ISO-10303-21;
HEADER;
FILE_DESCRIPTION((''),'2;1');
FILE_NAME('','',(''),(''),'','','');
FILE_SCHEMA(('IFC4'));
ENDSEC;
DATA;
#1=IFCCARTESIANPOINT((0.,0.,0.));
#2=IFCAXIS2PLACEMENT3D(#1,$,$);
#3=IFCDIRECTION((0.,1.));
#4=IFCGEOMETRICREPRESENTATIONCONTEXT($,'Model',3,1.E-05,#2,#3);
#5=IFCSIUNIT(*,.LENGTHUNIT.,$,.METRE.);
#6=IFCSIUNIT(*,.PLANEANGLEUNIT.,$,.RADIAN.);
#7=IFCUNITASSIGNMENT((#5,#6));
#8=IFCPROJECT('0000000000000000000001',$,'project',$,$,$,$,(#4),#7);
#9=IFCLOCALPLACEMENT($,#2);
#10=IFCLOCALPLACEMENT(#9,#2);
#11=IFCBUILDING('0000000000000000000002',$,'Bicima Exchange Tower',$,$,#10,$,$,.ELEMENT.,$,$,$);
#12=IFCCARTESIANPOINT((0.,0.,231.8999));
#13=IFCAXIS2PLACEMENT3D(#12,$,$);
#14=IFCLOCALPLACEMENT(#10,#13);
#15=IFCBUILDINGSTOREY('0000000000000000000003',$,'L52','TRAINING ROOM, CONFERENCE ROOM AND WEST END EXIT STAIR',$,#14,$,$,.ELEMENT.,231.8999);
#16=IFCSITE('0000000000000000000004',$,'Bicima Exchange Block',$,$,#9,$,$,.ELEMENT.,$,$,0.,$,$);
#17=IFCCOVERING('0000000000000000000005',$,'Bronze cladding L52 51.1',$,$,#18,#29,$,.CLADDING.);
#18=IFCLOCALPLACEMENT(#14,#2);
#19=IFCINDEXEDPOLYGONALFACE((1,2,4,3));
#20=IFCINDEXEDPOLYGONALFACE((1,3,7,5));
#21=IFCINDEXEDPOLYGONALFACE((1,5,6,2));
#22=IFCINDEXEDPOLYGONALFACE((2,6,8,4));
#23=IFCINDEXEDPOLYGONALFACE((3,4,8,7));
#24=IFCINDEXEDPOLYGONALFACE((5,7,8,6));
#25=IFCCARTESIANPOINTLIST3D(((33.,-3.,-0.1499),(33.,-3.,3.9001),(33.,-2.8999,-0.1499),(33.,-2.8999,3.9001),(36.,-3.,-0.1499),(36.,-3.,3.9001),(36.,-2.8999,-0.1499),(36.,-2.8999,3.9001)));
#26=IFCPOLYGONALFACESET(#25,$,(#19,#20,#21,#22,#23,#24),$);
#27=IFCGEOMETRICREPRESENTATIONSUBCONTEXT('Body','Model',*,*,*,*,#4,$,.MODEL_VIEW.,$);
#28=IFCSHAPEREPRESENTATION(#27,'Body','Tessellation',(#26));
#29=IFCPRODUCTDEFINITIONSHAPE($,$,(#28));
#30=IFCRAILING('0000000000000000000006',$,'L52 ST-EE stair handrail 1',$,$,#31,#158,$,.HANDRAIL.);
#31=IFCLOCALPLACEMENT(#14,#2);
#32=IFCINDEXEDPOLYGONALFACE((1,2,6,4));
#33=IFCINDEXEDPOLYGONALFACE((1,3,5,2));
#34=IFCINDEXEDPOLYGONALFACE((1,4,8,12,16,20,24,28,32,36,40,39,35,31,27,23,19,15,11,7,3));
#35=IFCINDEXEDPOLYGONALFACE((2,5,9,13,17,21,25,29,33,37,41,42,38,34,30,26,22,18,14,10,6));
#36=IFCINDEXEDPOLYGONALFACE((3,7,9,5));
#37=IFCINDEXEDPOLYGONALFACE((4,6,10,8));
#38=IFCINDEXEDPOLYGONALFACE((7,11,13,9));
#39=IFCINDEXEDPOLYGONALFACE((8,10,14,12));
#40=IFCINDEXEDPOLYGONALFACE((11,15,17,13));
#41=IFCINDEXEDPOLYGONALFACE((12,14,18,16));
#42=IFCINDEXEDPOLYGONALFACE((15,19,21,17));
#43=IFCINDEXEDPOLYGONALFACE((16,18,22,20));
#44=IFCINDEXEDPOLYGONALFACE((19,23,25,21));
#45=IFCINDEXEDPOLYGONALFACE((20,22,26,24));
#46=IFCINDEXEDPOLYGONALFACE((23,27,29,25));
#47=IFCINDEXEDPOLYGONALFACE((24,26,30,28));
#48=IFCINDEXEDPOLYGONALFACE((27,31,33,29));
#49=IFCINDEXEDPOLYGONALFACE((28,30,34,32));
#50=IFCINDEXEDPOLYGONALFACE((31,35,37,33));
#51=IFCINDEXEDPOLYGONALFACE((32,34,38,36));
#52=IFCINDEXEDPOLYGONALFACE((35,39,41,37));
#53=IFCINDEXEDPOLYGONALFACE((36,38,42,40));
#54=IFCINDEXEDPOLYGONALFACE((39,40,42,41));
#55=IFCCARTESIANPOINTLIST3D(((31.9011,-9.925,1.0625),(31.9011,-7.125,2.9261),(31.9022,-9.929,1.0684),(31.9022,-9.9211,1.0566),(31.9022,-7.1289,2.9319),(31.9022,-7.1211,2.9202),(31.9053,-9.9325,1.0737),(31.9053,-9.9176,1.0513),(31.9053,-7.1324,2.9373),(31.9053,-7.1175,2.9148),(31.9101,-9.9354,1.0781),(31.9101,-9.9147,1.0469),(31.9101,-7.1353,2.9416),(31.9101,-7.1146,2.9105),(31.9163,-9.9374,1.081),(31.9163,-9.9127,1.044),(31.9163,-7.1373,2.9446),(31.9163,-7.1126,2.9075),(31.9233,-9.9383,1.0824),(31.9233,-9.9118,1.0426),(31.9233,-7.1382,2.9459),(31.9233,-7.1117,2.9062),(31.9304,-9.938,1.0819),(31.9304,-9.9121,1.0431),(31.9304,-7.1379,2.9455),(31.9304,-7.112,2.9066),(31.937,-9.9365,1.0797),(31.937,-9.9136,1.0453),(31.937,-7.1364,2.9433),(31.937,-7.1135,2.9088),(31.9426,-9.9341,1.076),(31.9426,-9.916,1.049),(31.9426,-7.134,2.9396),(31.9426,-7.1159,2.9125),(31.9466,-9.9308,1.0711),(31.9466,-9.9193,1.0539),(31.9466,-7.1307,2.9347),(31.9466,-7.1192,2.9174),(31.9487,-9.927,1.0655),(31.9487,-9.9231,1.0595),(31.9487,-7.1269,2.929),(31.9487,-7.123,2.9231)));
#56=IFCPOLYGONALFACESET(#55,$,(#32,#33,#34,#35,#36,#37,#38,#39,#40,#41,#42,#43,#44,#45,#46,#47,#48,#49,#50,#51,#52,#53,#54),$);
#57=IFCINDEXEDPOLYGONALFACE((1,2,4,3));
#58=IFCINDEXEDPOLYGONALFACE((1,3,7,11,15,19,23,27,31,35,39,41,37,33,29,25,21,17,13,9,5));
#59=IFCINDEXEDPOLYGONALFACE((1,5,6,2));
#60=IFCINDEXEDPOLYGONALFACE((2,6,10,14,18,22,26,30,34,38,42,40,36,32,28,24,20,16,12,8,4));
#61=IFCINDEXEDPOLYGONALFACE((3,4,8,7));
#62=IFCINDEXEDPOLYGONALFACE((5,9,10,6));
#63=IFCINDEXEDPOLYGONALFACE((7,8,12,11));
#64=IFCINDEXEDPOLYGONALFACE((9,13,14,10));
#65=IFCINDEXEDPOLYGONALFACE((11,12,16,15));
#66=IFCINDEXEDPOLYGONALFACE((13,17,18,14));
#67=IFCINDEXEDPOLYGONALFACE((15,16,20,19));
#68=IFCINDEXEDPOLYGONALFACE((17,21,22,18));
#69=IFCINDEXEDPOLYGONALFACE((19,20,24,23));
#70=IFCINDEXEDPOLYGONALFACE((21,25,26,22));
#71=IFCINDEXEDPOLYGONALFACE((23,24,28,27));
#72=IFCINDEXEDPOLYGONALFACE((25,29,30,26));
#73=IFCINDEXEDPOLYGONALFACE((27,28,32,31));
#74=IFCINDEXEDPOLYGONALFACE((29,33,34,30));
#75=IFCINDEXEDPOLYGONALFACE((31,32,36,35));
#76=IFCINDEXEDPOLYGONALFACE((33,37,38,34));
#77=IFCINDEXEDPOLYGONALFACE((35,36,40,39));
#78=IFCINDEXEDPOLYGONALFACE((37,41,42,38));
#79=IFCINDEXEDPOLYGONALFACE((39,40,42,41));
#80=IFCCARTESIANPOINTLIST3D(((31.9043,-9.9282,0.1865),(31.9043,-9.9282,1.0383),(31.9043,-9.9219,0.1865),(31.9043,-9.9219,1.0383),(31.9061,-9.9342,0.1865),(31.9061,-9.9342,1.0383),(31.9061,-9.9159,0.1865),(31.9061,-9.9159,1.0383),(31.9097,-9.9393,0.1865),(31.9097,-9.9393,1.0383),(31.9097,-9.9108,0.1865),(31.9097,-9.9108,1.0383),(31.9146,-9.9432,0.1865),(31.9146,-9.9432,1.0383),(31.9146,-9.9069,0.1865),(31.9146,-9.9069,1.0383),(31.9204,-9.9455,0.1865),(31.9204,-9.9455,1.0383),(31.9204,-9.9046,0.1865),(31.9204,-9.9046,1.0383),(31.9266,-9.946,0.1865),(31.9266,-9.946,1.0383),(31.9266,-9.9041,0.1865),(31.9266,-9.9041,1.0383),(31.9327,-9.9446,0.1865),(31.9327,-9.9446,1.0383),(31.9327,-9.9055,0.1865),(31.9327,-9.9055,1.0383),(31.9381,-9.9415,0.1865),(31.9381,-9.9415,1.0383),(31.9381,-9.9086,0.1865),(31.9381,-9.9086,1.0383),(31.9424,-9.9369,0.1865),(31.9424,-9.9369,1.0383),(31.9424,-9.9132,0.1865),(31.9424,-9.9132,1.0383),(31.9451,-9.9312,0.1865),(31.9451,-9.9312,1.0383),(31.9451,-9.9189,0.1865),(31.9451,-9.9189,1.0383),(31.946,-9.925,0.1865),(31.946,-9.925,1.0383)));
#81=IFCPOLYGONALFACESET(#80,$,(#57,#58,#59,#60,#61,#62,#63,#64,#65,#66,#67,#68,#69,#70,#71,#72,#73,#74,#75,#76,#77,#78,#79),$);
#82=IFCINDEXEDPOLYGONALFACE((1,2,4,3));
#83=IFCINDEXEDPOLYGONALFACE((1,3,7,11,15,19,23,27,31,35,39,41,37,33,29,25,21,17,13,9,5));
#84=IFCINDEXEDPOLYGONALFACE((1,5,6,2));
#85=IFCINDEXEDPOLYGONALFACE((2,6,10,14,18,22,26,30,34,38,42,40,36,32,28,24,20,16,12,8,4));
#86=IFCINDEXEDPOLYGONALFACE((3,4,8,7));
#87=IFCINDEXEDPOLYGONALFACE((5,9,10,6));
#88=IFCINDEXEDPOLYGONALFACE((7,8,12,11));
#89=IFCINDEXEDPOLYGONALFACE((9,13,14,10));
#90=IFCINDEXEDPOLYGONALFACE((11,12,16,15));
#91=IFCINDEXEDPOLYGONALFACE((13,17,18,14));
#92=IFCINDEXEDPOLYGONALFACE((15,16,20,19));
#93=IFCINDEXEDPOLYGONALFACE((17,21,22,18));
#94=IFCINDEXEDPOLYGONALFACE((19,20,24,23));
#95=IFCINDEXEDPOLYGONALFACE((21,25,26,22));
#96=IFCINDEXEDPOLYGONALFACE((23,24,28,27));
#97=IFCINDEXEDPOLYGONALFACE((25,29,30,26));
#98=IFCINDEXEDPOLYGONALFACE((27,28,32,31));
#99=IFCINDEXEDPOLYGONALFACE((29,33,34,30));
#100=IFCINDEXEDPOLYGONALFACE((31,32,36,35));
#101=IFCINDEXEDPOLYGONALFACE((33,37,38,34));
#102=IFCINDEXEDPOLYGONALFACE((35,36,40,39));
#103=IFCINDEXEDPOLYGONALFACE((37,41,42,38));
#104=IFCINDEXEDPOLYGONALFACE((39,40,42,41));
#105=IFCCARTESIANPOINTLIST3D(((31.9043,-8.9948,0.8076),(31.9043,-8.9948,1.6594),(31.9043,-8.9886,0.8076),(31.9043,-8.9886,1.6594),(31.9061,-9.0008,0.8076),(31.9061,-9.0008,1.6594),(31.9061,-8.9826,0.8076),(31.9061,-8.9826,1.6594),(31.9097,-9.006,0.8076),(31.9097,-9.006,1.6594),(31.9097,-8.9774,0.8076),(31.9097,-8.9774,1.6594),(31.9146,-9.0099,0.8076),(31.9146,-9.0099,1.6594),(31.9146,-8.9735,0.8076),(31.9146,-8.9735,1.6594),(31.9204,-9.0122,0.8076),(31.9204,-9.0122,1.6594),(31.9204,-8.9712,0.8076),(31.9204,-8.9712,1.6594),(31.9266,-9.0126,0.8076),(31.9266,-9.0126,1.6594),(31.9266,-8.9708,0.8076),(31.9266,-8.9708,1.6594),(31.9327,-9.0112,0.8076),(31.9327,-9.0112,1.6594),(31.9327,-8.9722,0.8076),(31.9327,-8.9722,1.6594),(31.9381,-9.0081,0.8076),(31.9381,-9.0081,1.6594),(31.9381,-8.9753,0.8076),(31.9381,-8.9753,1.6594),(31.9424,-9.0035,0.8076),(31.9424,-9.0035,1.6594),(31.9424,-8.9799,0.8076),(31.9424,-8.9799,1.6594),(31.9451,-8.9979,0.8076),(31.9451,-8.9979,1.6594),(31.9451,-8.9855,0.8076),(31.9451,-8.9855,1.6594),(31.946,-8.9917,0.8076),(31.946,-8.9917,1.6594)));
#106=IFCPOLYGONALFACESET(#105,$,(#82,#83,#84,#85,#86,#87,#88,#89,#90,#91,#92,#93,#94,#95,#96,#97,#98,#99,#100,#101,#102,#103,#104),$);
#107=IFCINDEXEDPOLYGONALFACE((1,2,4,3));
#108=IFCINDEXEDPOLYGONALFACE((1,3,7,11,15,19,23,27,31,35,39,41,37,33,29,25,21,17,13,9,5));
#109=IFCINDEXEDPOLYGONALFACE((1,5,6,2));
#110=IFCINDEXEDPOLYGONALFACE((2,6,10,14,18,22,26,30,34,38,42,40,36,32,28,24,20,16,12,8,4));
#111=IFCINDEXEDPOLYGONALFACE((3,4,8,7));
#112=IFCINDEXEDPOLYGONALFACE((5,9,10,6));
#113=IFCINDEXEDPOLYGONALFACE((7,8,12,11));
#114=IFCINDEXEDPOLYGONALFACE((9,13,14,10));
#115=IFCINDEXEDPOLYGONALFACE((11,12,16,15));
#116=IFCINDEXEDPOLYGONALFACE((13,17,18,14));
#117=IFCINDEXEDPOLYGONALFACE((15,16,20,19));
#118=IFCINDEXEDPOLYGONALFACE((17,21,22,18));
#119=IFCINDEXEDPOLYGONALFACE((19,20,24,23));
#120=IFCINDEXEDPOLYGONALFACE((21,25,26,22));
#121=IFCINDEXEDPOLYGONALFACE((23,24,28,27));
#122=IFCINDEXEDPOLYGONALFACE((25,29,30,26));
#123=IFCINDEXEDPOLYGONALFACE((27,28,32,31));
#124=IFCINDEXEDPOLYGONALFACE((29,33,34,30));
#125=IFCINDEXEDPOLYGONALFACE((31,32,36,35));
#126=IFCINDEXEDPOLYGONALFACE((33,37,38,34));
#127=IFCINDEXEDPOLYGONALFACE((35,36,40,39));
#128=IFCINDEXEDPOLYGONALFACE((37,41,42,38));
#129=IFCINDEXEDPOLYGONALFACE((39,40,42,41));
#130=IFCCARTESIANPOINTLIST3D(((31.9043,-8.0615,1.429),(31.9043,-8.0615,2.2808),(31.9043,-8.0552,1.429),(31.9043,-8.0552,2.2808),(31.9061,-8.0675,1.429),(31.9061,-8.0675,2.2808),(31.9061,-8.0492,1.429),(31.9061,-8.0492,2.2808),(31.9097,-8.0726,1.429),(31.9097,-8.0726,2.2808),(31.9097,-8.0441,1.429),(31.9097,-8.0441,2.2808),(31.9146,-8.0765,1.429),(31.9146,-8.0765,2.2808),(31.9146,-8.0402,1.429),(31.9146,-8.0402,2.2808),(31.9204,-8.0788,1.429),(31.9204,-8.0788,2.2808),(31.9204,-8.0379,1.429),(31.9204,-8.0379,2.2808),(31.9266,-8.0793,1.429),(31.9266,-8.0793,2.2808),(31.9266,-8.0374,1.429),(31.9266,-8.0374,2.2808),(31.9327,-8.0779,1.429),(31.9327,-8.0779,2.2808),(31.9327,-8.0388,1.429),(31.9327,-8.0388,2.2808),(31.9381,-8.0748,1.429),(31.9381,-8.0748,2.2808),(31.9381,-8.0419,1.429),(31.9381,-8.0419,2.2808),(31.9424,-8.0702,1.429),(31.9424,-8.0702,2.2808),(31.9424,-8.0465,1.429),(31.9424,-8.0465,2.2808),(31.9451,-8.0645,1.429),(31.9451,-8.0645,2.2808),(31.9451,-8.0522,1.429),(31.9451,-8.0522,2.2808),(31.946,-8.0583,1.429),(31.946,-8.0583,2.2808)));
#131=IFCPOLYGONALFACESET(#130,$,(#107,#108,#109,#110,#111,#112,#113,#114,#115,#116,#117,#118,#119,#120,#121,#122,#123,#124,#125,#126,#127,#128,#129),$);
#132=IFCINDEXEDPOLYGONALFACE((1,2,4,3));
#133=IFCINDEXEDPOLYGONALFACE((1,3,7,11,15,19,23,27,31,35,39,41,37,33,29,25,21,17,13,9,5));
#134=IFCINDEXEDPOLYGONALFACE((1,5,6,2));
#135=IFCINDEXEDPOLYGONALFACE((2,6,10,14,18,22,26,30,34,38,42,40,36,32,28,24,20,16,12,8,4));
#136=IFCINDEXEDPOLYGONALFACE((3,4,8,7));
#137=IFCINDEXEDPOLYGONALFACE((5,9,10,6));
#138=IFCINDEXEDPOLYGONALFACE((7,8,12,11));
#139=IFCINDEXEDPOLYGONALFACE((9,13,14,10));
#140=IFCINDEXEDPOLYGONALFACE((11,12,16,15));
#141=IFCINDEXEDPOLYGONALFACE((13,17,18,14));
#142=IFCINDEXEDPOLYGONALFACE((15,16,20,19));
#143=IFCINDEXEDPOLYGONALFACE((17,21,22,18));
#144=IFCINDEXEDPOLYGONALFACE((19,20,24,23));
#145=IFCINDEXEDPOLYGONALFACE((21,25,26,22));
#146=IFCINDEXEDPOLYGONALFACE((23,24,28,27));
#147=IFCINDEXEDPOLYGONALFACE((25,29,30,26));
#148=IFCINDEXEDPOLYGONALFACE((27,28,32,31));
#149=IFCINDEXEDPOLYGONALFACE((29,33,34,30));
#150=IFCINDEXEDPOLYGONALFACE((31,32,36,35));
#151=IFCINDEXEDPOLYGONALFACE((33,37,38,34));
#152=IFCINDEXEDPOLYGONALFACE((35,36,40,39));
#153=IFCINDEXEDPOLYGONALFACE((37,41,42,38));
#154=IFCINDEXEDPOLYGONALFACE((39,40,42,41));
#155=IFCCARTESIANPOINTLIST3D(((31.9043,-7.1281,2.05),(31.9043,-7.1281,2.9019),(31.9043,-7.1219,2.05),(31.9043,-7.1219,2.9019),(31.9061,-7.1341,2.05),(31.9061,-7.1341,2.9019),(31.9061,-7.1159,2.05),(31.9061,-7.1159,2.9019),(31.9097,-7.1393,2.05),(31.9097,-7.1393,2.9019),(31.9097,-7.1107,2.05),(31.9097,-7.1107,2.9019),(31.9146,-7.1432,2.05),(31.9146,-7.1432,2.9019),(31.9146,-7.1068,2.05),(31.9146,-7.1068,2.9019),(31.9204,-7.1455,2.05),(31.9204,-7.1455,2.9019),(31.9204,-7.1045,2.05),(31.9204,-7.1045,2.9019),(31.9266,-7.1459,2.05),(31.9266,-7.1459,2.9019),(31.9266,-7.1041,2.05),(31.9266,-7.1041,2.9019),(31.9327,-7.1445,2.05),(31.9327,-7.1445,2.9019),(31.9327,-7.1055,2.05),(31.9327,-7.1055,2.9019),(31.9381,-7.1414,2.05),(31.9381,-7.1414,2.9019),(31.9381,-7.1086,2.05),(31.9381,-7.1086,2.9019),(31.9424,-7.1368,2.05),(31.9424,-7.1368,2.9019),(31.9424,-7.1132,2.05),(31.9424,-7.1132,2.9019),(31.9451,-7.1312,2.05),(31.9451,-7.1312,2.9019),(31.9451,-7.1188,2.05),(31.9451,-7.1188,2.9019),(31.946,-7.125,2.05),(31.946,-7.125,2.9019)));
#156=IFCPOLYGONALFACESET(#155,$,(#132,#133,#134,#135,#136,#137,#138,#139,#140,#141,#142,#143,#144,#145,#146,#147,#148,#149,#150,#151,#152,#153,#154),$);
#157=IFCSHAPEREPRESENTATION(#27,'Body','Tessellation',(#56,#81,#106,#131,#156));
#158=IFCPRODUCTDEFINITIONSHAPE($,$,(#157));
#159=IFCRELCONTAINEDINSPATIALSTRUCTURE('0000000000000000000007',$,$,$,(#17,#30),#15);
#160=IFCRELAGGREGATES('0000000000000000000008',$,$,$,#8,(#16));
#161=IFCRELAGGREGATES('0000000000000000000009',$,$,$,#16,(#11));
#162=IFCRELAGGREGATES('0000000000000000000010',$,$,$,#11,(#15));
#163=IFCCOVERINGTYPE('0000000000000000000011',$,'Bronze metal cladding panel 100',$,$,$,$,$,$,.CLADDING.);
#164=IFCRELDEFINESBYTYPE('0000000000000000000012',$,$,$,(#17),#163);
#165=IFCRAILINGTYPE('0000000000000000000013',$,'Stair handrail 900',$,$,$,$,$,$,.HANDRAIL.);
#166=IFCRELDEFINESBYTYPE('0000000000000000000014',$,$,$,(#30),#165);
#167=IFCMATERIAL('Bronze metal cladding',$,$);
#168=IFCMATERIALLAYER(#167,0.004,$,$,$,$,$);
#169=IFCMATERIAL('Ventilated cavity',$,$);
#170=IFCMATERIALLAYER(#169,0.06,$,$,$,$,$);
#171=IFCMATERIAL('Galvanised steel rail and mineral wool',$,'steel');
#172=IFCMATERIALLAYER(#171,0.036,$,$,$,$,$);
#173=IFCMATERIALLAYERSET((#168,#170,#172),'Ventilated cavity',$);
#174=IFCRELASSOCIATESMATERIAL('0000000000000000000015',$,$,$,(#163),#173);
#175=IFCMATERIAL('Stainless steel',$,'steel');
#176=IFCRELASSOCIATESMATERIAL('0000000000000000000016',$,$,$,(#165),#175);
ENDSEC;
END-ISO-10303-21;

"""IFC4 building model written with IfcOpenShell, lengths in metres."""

from ifc_helpers import new_model, si_unit, direction, frame, origin, origin_2d, place, context, subcontext, project, spatial, rectangle, circle, extrude, material, layer, layer_set, type_object, element, save


model = new_model("IFC4")

# Units and contexts
model_context = context("Model", 3, precision=1e-05, world=origin(), true_north=direction((0.0, 1.0)))
body_context = subcontext(model_context, "Body", "Model", "MODEL_VIEW")
ifc_project = project(units=[si_unit("LENGTHUNIT", "METRE"), si_unit("PLANEANGLEUNIT", "RADIAN")], contexts=[model_context])

# Site, building, storey
site_placement = place(None, origin())
site = spatial("IfcSite", under=ifc_project, at=site_placement, Name="Bicima Exchange Block", CompositionType="ELEMENT", RefElevation=0.0)
building_placement = place(site_placement, origin())
building = spatial("IfcBuilding", under=site, at=building_placement, Name="Bicima Exchange Tower", CompositionType="ELEMENT")
storey_placement = place(building_placement, frame((0.0, 0.0, 231.8999)))
storey = spatial("IfcBuildingStorey", under=building, at=storey_placement, Name="L52", Description="TRAINING ROOM, CONFERENCE ROOM AND WEST END EXIT STAIR", CompositionType="ELEMENT", Elevation=231.8999)

# Covering
ifc_material_1 = material(Name="Bronze metal cladding")
ifc_layer_1 = layer(ifc_material_1, 0.004)
ifc_material_2 = material(Name="Ventilated cavity")
ifc_layer_2 = layer(ifc_material_2, 0.06)
ifc_material_3 = material(Name="Galvanised steel rail and mineral wool", Category="steel")
ifc_layer_3 = layer(ifc_material_3, 0.036)
ifc_layer_set_1 = layer_set([ifc_layer_1, ifc_layer_2, ifc_layer_3], Name="Ventilated cavity")
covering_type = type_object("IfcCoveringType", Name="Bronze metal cladding panel 100", PredefinedType="CLADDING", material=ifc_layer_set_1)
covering_1_placement = place(storey_placement, frame((34.5, -2.95, -0.1499), z_axis=(0.0, 0.0, 1.0), x_axis=(-1.0, 0.0, 0.0)))
element("IfcCovering", 1, at=covering_1_placement, inside=storey, type_object=covering_type, Name="Bronze cladding L52 51.1", PredefinedType="CLADDING", context=body_context, shape_type="SweptSolid", body=[
    extrude(rectangle(XDim=3.0, YDim=0.1001, at=origin_2d()), origin(), (0.0, 0.0, 1.0), 4.05),
])

# Railing
ifc_material_4 = material(Name="Stainless steel", Category="steel")
railing_type_1 = type_object("IfcRailingType", Name="Stair handrail 900", PredefinedType="HANDRAIL", material=ifc_material_4)
railing_1_placement = place(storey_placement, frame((31.925, -9.925, 0.1865)))
element("IfcRailing", 2, at=railing_1_placement, inside=storey, type_object=railing_type_1, Name="L52 ST-EE stair handrail 1", PredefinedType="HANDRAIL", context=body_context, shape_type="SweptSolid", body=[
    extrude(circle(Radius=0.0239, at=origin_2d()), frame((0.0, 0.0, 0.876), z_axis=(0.0, 0.832486, 0.554047), x_axis=(-1.0, 0.0, 0.0)), (0.0, 0.0, 1.0), 3.3635),
    extrude(circle(Radius=0.021, at=origin_2d()), origin(), (0.0, 0.0, 1.0), 0.8518),
    extrude(circle(Radius=0.021, at=origin_2d()), frame((0.0, 0.9333, 0.6211)), (0.0, 0.0, 1.0), 0.8518),
    extrude(circle(Radius=0.021, at=origin_2d()), frame((0.0, 1.8667, 1.2424)), (0.0, 0.0, 1.0), 0.8518),
    extrude(circle(Radius=0.021, at=origin_2d()), frame((0.0, 2.8, 1.8635)), (0.0, 0.0, 1.0), 0.8518),
])

save(model, "model.ifc")
